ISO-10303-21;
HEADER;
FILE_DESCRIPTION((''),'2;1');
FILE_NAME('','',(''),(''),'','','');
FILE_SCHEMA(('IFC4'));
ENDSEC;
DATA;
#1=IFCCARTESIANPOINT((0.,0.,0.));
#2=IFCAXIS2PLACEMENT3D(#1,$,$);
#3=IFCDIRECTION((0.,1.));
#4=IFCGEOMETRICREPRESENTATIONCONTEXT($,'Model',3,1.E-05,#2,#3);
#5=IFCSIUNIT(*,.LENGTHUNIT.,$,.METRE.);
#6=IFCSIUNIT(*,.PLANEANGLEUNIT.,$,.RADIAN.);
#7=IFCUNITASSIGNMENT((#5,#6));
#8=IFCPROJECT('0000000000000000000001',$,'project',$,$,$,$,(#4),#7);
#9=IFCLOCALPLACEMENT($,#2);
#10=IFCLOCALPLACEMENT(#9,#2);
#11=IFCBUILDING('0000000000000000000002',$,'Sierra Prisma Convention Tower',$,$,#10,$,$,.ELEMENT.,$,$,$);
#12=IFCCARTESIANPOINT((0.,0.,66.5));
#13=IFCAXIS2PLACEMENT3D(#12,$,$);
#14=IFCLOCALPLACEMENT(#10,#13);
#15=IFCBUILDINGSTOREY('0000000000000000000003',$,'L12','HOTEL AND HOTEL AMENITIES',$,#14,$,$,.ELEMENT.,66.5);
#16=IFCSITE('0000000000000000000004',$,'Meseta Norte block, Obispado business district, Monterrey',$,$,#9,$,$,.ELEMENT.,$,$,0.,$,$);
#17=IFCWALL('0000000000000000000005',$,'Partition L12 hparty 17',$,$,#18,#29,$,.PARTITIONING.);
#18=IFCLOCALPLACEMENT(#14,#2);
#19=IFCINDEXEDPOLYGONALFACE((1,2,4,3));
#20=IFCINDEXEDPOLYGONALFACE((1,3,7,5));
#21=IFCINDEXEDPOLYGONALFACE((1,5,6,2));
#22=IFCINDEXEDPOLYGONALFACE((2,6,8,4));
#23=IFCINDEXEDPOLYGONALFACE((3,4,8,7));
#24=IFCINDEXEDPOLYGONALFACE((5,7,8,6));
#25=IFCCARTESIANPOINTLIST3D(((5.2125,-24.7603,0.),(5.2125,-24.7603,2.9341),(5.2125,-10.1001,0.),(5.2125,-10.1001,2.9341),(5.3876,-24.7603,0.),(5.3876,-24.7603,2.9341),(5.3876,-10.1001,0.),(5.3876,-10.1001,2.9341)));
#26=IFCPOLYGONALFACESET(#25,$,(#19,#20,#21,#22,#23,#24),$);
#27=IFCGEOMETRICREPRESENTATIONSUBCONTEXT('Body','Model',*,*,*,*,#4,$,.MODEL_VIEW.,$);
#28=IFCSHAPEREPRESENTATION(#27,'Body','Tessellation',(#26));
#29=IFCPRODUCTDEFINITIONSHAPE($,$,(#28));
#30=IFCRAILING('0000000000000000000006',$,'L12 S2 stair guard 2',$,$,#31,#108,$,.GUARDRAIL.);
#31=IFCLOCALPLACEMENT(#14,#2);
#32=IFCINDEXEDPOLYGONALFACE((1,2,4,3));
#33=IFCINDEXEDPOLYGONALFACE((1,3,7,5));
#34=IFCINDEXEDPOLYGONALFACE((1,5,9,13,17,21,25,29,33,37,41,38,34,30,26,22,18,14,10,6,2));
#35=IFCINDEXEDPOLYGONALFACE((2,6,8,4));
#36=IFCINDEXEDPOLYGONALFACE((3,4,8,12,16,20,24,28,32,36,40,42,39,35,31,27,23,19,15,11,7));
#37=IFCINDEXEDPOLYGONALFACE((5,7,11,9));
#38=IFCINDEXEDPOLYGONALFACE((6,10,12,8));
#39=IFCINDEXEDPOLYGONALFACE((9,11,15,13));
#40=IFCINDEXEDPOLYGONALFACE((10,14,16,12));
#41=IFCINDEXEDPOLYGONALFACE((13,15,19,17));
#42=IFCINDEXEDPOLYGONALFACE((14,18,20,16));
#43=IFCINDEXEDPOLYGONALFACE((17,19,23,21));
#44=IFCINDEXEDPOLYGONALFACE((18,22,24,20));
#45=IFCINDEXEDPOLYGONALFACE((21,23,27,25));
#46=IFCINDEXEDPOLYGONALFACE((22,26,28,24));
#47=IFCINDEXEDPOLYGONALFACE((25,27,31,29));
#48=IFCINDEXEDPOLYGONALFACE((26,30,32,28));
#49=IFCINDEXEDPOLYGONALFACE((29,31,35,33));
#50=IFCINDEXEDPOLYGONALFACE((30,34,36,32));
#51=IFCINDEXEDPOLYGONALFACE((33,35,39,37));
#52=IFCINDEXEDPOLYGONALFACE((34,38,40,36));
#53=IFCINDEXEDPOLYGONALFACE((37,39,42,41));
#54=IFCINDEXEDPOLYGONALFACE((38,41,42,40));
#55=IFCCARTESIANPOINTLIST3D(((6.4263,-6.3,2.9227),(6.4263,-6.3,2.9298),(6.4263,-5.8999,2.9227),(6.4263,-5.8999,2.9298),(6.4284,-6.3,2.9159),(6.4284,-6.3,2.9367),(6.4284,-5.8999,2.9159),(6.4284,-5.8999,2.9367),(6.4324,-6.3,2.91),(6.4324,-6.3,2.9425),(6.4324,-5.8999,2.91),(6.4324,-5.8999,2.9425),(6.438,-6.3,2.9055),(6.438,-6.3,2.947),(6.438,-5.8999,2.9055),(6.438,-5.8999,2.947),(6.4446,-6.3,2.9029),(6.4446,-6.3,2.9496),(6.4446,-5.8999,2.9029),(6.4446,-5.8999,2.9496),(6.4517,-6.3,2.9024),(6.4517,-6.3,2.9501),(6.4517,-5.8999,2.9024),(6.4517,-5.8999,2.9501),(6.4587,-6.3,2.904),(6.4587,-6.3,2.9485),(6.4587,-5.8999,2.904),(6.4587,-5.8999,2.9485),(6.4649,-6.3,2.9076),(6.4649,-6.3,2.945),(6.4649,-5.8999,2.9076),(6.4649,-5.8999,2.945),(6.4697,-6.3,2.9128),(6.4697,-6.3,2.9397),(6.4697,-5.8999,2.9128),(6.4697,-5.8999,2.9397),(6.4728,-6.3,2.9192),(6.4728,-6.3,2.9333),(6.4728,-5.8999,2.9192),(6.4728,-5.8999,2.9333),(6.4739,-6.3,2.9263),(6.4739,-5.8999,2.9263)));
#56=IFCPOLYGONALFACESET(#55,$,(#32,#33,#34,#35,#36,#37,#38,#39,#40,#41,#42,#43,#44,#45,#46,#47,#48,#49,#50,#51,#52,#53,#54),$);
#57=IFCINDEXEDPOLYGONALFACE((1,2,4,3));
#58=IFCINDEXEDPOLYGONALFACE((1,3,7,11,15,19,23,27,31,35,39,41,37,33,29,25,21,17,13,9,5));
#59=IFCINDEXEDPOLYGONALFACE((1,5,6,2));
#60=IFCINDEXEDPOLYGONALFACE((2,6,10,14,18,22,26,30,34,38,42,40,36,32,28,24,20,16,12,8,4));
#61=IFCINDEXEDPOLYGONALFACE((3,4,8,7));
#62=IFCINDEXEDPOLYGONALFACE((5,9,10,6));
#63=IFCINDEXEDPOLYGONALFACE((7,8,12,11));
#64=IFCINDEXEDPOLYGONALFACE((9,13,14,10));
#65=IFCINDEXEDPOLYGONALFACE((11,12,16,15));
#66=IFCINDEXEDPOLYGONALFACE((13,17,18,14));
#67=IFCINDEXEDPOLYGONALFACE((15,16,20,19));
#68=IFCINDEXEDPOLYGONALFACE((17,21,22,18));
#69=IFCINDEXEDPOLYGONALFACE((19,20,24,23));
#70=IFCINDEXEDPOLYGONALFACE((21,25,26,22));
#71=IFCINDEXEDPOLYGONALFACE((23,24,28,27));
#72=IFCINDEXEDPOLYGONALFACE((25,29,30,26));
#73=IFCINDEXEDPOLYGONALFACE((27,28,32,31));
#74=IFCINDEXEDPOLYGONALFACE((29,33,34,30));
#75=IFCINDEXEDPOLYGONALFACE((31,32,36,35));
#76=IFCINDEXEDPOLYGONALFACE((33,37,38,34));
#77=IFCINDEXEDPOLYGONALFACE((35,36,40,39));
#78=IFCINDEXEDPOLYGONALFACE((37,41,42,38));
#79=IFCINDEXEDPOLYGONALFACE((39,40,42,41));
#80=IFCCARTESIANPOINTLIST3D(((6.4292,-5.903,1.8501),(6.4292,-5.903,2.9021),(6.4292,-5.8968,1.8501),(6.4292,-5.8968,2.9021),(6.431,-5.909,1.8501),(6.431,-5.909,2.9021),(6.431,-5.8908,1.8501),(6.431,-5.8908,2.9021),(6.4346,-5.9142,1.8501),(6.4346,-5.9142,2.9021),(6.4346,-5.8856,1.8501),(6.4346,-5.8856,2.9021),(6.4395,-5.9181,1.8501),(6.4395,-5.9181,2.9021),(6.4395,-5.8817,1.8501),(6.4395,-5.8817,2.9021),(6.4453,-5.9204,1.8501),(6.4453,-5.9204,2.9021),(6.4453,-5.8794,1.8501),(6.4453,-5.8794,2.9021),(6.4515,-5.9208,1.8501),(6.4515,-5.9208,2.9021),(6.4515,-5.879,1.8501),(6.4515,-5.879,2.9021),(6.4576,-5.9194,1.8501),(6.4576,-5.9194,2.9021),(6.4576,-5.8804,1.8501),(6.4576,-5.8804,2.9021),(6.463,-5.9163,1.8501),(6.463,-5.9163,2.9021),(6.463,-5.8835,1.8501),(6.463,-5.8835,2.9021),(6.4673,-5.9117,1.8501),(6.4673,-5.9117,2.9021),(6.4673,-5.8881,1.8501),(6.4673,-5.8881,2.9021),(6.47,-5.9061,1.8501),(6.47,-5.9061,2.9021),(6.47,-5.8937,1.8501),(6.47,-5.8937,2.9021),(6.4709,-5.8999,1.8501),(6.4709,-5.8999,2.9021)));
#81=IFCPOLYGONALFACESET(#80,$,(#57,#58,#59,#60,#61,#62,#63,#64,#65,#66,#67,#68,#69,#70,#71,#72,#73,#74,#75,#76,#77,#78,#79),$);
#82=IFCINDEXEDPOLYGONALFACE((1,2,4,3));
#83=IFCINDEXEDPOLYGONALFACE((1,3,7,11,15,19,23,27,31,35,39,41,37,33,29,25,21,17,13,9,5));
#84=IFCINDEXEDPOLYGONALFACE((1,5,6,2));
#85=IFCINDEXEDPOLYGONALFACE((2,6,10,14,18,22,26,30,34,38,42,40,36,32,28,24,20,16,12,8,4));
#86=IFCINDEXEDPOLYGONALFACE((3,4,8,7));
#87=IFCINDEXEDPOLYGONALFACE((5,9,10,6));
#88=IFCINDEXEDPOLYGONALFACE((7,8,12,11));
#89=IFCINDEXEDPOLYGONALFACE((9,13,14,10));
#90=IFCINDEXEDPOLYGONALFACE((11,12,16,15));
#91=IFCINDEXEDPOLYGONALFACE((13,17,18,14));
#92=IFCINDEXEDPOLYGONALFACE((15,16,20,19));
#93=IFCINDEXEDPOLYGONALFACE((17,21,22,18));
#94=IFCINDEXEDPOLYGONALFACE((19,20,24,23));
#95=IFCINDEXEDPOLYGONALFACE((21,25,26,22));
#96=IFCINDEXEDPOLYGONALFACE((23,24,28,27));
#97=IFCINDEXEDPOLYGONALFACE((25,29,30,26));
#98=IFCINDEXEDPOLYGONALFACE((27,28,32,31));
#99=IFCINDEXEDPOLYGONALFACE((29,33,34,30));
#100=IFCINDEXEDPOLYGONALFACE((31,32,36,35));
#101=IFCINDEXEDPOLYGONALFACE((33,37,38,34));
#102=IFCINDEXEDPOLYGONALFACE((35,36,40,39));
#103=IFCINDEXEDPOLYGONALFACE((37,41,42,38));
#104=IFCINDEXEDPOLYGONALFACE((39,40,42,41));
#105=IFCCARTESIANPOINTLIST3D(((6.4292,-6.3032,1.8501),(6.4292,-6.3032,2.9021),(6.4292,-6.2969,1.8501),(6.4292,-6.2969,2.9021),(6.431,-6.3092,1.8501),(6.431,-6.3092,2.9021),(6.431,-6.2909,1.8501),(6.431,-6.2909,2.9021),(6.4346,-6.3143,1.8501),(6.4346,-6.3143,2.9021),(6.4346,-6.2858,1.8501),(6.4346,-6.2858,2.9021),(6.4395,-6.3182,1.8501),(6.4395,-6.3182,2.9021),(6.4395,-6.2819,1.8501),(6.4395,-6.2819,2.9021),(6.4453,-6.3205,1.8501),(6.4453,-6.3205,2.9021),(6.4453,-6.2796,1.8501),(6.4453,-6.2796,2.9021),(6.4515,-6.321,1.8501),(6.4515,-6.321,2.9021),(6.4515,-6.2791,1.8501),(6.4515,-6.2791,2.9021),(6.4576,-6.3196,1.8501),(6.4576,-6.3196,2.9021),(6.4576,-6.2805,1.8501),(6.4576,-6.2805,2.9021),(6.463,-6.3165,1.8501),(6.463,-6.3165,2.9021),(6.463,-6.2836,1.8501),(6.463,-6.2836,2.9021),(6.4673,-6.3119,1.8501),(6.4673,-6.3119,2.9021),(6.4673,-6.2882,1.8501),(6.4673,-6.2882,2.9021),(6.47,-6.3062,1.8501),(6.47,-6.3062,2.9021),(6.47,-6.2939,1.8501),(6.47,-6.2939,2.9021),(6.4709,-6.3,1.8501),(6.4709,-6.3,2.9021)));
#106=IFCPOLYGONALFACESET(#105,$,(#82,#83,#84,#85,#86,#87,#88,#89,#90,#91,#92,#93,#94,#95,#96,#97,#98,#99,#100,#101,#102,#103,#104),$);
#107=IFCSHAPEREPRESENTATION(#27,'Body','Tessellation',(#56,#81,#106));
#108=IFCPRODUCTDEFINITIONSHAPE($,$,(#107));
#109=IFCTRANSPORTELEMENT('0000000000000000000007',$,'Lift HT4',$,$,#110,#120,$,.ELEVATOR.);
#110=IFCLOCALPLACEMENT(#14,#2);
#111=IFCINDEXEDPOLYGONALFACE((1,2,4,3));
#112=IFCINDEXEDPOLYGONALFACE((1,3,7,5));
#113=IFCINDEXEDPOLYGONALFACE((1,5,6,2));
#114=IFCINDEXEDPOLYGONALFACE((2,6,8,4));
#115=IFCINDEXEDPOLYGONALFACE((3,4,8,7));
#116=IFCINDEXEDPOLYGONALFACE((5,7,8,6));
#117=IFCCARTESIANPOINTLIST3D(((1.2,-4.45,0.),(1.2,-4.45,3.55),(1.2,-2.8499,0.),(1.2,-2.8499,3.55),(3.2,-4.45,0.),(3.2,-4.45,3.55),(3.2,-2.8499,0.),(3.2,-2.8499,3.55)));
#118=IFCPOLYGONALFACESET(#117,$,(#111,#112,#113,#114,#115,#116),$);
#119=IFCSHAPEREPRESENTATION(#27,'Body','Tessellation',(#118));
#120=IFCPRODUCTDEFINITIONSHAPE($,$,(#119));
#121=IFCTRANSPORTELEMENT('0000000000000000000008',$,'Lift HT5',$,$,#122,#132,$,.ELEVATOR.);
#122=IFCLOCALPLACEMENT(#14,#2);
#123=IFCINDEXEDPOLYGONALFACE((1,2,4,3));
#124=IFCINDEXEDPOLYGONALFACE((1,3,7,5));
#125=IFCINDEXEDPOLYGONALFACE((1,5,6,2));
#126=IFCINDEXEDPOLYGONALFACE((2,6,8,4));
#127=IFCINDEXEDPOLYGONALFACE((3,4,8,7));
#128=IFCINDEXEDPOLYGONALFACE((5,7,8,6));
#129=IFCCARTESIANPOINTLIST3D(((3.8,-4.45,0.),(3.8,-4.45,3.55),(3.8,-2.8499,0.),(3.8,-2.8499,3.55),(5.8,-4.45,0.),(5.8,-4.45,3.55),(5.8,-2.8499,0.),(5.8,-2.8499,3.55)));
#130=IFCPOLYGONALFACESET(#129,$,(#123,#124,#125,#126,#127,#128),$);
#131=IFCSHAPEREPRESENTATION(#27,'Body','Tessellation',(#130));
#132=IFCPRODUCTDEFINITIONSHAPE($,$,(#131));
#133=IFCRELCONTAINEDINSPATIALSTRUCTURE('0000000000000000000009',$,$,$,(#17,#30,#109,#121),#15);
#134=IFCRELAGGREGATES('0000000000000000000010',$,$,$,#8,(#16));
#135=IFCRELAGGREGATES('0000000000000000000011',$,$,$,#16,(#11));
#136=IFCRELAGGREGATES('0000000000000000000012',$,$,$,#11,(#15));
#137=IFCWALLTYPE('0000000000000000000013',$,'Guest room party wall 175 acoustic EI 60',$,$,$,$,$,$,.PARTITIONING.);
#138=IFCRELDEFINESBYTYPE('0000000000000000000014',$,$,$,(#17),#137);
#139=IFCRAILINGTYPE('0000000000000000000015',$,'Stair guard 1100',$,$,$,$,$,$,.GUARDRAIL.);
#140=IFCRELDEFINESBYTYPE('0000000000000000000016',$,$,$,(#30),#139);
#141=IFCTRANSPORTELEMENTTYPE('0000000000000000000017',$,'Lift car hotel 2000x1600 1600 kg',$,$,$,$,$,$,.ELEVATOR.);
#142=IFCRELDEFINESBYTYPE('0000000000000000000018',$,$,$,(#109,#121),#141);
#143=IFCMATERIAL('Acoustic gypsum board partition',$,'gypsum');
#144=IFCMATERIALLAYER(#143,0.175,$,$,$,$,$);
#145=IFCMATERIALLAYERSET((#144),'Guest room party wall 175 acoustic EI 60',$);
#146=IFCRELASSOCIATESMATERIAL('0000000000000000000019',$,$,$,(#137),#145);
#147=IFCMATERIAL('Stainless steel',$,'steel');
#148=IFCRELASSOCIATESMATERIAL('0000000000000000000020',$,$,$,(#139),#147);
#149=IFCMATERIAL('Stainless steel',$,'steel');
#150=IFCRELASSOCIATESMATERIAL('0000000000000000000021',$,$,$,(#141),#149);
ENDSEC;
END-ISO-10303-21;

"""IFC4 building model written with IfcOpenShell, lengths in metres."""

from ifc_helpers import new_model, si_unit, direction, frame, frame_2d, origin, origin_2d, place, context, subcontext, project, spatial, rectangle, circle, extrude, material, layer, layer_set, type_object, element, save


model = new_model("IFC4")

# Units and contexts
model_context = context("Model", 3, precision=1e-05, world=origin(), true_north=direction((0.0, 1.0)))
body_context = subcontext(model_context, "Body", "Model", "MODEL_VIEW")
ifc_project = project(units=[si_unit("LENGTHUNIT", "METRE"), si_unit("PLANEANGLEUNIT", "RADIAN")], contexts=[model_context])

# Site, building, storey
site_placement = place(None, origin())
site = spatial("IfcSite", under=ifc_project, at=site_placement, Name="Meseta Norte block, Obispado business district, Monterrey", CompositionType="ELEMENT", RefElevation=0.0)
building_placement = place(site_placement, origin())
building = spatial("IfcBuilding", under=site, at=building_placement, Name="Sierra Prisma Convention Tower", CompositionType="ELEMENT")
storey_placement = place(building_placement, frame((0.0, 0.0, 66.5)))
storey = spatial("IfcBuildingStorey", under=building, at=storey_placement, Name="L12", Description="HOTEL AND HOTEL AMENITIES", CompositionType="ELEMENT", Elevation=66.5)

# Wall
ifc_material_1 = material(Name="Acoustic gypsum board partition", Category="gypsum")
ifc_layer_1 = layer(ifc_material_1, 0.175)
ifc_layer_set_1 = layer_set([ifc_layer_1], Name="Guest room party wall 175 acoustic EI 60")
wall_type_1 = type_object("IfcWallType", Name="Guest room party wall 175 acoustic EI 60", PredefinedType="PARTITIONING", material=ifc_layer_set_1)
wall_1_placement = place(storey_placement, frame((5.3, -10.1001, 0.0), z_axis=(0.0, 0.0, 1.0), x_axis=(0.0, -1.0, 0.0)))
element("IfcWall", 1, at=wall_1_placement, inside=storey, type_object=wall_type_1, Name="Partition L12 hparty 17", PredefinedType="PARTITIONING", context=body_context, shape_type="SweptSolid", body=[
    extrude(rectangle(XDim=14.6602, YDim=0.175, at=frame_2d((7.3301, 0.0))), origin(), (0.0, 0.0, 1.0), 2.9341),
])

# Railing
ifc_material_2 = material(Name="Stainless steel", Category="steel")
railing_type = type_object("IfcRailingType", Name="Stair guard 1100", PredefinedType="GUARDRAIL", material=ifc_material_2)
railing_placement = place(storey_placement, frame((6.45, -5.8999, 1.8501)))
element("IfcRailing", 2, at=railing_placement, inside=storey, type_object=railing_type, Name="L12 S2 stair guard 2", PredefinedType="GUARDRAIL", context=body_context, shape_type="SweptSolid", body=[
    extrude(circle(Radius=0.0239, at=origin_2d()), frame((0.0, 0.0, 1.0762), z_axis=(0.0, -1.0, 0.0), x_axis=(1.0, 0.0, 0.0)), (0.0, 0.0, 1.0), 0.4001),
    extrude(circle(Radius=0.021, at=origin_2d()), origin(), (0.0, 0.0, 1.0), 1.052),
    extrude(circle(Radius=0.021, at=origin_2d()), frame((0.0, -0.4001, 0.0)), (0.0, 0.0, 1.0), 1.052),
])

# Transport elements
ifc_material_3 = material(Name="Stainless steel", Category="steel")
transport_element_type = type_object("IfcTransportElementType", Name="Lift car hotel 2000x1600 1600 kg", PredefinedType="ELEVATOR", material=ifc_material_3)
for number, where, z_axis, x_axis, name in (
    (3, (2.2, -3.6499, 0.0), (0.0, 0.0, 1.0), (1.0, 0.0, 0.0), "Lift HT4"),
    (4, (4.8, -3.6499, 0.0), (0.0, 0.0, 1.0), (1.0, 0.0, 0.0), "Lift HT5"),
):
    element("IfcTransportElement", number, at=place(storey_placement, frame(where, z_axis=z_axis, x_axis=x_axis)), inside=storey, type_object=transport_element_type, Name=name, PredefinedType="ELEVATOR", context=body_context, shape_type="SweptSolid", body=[
        extrude(rectangle(XDim=2.0, YDim=1.6001, at=origin_2d()), origin(), (0.0, 0.0, 1.0), 3.55),
    ])

save(model, "model.ifc")
